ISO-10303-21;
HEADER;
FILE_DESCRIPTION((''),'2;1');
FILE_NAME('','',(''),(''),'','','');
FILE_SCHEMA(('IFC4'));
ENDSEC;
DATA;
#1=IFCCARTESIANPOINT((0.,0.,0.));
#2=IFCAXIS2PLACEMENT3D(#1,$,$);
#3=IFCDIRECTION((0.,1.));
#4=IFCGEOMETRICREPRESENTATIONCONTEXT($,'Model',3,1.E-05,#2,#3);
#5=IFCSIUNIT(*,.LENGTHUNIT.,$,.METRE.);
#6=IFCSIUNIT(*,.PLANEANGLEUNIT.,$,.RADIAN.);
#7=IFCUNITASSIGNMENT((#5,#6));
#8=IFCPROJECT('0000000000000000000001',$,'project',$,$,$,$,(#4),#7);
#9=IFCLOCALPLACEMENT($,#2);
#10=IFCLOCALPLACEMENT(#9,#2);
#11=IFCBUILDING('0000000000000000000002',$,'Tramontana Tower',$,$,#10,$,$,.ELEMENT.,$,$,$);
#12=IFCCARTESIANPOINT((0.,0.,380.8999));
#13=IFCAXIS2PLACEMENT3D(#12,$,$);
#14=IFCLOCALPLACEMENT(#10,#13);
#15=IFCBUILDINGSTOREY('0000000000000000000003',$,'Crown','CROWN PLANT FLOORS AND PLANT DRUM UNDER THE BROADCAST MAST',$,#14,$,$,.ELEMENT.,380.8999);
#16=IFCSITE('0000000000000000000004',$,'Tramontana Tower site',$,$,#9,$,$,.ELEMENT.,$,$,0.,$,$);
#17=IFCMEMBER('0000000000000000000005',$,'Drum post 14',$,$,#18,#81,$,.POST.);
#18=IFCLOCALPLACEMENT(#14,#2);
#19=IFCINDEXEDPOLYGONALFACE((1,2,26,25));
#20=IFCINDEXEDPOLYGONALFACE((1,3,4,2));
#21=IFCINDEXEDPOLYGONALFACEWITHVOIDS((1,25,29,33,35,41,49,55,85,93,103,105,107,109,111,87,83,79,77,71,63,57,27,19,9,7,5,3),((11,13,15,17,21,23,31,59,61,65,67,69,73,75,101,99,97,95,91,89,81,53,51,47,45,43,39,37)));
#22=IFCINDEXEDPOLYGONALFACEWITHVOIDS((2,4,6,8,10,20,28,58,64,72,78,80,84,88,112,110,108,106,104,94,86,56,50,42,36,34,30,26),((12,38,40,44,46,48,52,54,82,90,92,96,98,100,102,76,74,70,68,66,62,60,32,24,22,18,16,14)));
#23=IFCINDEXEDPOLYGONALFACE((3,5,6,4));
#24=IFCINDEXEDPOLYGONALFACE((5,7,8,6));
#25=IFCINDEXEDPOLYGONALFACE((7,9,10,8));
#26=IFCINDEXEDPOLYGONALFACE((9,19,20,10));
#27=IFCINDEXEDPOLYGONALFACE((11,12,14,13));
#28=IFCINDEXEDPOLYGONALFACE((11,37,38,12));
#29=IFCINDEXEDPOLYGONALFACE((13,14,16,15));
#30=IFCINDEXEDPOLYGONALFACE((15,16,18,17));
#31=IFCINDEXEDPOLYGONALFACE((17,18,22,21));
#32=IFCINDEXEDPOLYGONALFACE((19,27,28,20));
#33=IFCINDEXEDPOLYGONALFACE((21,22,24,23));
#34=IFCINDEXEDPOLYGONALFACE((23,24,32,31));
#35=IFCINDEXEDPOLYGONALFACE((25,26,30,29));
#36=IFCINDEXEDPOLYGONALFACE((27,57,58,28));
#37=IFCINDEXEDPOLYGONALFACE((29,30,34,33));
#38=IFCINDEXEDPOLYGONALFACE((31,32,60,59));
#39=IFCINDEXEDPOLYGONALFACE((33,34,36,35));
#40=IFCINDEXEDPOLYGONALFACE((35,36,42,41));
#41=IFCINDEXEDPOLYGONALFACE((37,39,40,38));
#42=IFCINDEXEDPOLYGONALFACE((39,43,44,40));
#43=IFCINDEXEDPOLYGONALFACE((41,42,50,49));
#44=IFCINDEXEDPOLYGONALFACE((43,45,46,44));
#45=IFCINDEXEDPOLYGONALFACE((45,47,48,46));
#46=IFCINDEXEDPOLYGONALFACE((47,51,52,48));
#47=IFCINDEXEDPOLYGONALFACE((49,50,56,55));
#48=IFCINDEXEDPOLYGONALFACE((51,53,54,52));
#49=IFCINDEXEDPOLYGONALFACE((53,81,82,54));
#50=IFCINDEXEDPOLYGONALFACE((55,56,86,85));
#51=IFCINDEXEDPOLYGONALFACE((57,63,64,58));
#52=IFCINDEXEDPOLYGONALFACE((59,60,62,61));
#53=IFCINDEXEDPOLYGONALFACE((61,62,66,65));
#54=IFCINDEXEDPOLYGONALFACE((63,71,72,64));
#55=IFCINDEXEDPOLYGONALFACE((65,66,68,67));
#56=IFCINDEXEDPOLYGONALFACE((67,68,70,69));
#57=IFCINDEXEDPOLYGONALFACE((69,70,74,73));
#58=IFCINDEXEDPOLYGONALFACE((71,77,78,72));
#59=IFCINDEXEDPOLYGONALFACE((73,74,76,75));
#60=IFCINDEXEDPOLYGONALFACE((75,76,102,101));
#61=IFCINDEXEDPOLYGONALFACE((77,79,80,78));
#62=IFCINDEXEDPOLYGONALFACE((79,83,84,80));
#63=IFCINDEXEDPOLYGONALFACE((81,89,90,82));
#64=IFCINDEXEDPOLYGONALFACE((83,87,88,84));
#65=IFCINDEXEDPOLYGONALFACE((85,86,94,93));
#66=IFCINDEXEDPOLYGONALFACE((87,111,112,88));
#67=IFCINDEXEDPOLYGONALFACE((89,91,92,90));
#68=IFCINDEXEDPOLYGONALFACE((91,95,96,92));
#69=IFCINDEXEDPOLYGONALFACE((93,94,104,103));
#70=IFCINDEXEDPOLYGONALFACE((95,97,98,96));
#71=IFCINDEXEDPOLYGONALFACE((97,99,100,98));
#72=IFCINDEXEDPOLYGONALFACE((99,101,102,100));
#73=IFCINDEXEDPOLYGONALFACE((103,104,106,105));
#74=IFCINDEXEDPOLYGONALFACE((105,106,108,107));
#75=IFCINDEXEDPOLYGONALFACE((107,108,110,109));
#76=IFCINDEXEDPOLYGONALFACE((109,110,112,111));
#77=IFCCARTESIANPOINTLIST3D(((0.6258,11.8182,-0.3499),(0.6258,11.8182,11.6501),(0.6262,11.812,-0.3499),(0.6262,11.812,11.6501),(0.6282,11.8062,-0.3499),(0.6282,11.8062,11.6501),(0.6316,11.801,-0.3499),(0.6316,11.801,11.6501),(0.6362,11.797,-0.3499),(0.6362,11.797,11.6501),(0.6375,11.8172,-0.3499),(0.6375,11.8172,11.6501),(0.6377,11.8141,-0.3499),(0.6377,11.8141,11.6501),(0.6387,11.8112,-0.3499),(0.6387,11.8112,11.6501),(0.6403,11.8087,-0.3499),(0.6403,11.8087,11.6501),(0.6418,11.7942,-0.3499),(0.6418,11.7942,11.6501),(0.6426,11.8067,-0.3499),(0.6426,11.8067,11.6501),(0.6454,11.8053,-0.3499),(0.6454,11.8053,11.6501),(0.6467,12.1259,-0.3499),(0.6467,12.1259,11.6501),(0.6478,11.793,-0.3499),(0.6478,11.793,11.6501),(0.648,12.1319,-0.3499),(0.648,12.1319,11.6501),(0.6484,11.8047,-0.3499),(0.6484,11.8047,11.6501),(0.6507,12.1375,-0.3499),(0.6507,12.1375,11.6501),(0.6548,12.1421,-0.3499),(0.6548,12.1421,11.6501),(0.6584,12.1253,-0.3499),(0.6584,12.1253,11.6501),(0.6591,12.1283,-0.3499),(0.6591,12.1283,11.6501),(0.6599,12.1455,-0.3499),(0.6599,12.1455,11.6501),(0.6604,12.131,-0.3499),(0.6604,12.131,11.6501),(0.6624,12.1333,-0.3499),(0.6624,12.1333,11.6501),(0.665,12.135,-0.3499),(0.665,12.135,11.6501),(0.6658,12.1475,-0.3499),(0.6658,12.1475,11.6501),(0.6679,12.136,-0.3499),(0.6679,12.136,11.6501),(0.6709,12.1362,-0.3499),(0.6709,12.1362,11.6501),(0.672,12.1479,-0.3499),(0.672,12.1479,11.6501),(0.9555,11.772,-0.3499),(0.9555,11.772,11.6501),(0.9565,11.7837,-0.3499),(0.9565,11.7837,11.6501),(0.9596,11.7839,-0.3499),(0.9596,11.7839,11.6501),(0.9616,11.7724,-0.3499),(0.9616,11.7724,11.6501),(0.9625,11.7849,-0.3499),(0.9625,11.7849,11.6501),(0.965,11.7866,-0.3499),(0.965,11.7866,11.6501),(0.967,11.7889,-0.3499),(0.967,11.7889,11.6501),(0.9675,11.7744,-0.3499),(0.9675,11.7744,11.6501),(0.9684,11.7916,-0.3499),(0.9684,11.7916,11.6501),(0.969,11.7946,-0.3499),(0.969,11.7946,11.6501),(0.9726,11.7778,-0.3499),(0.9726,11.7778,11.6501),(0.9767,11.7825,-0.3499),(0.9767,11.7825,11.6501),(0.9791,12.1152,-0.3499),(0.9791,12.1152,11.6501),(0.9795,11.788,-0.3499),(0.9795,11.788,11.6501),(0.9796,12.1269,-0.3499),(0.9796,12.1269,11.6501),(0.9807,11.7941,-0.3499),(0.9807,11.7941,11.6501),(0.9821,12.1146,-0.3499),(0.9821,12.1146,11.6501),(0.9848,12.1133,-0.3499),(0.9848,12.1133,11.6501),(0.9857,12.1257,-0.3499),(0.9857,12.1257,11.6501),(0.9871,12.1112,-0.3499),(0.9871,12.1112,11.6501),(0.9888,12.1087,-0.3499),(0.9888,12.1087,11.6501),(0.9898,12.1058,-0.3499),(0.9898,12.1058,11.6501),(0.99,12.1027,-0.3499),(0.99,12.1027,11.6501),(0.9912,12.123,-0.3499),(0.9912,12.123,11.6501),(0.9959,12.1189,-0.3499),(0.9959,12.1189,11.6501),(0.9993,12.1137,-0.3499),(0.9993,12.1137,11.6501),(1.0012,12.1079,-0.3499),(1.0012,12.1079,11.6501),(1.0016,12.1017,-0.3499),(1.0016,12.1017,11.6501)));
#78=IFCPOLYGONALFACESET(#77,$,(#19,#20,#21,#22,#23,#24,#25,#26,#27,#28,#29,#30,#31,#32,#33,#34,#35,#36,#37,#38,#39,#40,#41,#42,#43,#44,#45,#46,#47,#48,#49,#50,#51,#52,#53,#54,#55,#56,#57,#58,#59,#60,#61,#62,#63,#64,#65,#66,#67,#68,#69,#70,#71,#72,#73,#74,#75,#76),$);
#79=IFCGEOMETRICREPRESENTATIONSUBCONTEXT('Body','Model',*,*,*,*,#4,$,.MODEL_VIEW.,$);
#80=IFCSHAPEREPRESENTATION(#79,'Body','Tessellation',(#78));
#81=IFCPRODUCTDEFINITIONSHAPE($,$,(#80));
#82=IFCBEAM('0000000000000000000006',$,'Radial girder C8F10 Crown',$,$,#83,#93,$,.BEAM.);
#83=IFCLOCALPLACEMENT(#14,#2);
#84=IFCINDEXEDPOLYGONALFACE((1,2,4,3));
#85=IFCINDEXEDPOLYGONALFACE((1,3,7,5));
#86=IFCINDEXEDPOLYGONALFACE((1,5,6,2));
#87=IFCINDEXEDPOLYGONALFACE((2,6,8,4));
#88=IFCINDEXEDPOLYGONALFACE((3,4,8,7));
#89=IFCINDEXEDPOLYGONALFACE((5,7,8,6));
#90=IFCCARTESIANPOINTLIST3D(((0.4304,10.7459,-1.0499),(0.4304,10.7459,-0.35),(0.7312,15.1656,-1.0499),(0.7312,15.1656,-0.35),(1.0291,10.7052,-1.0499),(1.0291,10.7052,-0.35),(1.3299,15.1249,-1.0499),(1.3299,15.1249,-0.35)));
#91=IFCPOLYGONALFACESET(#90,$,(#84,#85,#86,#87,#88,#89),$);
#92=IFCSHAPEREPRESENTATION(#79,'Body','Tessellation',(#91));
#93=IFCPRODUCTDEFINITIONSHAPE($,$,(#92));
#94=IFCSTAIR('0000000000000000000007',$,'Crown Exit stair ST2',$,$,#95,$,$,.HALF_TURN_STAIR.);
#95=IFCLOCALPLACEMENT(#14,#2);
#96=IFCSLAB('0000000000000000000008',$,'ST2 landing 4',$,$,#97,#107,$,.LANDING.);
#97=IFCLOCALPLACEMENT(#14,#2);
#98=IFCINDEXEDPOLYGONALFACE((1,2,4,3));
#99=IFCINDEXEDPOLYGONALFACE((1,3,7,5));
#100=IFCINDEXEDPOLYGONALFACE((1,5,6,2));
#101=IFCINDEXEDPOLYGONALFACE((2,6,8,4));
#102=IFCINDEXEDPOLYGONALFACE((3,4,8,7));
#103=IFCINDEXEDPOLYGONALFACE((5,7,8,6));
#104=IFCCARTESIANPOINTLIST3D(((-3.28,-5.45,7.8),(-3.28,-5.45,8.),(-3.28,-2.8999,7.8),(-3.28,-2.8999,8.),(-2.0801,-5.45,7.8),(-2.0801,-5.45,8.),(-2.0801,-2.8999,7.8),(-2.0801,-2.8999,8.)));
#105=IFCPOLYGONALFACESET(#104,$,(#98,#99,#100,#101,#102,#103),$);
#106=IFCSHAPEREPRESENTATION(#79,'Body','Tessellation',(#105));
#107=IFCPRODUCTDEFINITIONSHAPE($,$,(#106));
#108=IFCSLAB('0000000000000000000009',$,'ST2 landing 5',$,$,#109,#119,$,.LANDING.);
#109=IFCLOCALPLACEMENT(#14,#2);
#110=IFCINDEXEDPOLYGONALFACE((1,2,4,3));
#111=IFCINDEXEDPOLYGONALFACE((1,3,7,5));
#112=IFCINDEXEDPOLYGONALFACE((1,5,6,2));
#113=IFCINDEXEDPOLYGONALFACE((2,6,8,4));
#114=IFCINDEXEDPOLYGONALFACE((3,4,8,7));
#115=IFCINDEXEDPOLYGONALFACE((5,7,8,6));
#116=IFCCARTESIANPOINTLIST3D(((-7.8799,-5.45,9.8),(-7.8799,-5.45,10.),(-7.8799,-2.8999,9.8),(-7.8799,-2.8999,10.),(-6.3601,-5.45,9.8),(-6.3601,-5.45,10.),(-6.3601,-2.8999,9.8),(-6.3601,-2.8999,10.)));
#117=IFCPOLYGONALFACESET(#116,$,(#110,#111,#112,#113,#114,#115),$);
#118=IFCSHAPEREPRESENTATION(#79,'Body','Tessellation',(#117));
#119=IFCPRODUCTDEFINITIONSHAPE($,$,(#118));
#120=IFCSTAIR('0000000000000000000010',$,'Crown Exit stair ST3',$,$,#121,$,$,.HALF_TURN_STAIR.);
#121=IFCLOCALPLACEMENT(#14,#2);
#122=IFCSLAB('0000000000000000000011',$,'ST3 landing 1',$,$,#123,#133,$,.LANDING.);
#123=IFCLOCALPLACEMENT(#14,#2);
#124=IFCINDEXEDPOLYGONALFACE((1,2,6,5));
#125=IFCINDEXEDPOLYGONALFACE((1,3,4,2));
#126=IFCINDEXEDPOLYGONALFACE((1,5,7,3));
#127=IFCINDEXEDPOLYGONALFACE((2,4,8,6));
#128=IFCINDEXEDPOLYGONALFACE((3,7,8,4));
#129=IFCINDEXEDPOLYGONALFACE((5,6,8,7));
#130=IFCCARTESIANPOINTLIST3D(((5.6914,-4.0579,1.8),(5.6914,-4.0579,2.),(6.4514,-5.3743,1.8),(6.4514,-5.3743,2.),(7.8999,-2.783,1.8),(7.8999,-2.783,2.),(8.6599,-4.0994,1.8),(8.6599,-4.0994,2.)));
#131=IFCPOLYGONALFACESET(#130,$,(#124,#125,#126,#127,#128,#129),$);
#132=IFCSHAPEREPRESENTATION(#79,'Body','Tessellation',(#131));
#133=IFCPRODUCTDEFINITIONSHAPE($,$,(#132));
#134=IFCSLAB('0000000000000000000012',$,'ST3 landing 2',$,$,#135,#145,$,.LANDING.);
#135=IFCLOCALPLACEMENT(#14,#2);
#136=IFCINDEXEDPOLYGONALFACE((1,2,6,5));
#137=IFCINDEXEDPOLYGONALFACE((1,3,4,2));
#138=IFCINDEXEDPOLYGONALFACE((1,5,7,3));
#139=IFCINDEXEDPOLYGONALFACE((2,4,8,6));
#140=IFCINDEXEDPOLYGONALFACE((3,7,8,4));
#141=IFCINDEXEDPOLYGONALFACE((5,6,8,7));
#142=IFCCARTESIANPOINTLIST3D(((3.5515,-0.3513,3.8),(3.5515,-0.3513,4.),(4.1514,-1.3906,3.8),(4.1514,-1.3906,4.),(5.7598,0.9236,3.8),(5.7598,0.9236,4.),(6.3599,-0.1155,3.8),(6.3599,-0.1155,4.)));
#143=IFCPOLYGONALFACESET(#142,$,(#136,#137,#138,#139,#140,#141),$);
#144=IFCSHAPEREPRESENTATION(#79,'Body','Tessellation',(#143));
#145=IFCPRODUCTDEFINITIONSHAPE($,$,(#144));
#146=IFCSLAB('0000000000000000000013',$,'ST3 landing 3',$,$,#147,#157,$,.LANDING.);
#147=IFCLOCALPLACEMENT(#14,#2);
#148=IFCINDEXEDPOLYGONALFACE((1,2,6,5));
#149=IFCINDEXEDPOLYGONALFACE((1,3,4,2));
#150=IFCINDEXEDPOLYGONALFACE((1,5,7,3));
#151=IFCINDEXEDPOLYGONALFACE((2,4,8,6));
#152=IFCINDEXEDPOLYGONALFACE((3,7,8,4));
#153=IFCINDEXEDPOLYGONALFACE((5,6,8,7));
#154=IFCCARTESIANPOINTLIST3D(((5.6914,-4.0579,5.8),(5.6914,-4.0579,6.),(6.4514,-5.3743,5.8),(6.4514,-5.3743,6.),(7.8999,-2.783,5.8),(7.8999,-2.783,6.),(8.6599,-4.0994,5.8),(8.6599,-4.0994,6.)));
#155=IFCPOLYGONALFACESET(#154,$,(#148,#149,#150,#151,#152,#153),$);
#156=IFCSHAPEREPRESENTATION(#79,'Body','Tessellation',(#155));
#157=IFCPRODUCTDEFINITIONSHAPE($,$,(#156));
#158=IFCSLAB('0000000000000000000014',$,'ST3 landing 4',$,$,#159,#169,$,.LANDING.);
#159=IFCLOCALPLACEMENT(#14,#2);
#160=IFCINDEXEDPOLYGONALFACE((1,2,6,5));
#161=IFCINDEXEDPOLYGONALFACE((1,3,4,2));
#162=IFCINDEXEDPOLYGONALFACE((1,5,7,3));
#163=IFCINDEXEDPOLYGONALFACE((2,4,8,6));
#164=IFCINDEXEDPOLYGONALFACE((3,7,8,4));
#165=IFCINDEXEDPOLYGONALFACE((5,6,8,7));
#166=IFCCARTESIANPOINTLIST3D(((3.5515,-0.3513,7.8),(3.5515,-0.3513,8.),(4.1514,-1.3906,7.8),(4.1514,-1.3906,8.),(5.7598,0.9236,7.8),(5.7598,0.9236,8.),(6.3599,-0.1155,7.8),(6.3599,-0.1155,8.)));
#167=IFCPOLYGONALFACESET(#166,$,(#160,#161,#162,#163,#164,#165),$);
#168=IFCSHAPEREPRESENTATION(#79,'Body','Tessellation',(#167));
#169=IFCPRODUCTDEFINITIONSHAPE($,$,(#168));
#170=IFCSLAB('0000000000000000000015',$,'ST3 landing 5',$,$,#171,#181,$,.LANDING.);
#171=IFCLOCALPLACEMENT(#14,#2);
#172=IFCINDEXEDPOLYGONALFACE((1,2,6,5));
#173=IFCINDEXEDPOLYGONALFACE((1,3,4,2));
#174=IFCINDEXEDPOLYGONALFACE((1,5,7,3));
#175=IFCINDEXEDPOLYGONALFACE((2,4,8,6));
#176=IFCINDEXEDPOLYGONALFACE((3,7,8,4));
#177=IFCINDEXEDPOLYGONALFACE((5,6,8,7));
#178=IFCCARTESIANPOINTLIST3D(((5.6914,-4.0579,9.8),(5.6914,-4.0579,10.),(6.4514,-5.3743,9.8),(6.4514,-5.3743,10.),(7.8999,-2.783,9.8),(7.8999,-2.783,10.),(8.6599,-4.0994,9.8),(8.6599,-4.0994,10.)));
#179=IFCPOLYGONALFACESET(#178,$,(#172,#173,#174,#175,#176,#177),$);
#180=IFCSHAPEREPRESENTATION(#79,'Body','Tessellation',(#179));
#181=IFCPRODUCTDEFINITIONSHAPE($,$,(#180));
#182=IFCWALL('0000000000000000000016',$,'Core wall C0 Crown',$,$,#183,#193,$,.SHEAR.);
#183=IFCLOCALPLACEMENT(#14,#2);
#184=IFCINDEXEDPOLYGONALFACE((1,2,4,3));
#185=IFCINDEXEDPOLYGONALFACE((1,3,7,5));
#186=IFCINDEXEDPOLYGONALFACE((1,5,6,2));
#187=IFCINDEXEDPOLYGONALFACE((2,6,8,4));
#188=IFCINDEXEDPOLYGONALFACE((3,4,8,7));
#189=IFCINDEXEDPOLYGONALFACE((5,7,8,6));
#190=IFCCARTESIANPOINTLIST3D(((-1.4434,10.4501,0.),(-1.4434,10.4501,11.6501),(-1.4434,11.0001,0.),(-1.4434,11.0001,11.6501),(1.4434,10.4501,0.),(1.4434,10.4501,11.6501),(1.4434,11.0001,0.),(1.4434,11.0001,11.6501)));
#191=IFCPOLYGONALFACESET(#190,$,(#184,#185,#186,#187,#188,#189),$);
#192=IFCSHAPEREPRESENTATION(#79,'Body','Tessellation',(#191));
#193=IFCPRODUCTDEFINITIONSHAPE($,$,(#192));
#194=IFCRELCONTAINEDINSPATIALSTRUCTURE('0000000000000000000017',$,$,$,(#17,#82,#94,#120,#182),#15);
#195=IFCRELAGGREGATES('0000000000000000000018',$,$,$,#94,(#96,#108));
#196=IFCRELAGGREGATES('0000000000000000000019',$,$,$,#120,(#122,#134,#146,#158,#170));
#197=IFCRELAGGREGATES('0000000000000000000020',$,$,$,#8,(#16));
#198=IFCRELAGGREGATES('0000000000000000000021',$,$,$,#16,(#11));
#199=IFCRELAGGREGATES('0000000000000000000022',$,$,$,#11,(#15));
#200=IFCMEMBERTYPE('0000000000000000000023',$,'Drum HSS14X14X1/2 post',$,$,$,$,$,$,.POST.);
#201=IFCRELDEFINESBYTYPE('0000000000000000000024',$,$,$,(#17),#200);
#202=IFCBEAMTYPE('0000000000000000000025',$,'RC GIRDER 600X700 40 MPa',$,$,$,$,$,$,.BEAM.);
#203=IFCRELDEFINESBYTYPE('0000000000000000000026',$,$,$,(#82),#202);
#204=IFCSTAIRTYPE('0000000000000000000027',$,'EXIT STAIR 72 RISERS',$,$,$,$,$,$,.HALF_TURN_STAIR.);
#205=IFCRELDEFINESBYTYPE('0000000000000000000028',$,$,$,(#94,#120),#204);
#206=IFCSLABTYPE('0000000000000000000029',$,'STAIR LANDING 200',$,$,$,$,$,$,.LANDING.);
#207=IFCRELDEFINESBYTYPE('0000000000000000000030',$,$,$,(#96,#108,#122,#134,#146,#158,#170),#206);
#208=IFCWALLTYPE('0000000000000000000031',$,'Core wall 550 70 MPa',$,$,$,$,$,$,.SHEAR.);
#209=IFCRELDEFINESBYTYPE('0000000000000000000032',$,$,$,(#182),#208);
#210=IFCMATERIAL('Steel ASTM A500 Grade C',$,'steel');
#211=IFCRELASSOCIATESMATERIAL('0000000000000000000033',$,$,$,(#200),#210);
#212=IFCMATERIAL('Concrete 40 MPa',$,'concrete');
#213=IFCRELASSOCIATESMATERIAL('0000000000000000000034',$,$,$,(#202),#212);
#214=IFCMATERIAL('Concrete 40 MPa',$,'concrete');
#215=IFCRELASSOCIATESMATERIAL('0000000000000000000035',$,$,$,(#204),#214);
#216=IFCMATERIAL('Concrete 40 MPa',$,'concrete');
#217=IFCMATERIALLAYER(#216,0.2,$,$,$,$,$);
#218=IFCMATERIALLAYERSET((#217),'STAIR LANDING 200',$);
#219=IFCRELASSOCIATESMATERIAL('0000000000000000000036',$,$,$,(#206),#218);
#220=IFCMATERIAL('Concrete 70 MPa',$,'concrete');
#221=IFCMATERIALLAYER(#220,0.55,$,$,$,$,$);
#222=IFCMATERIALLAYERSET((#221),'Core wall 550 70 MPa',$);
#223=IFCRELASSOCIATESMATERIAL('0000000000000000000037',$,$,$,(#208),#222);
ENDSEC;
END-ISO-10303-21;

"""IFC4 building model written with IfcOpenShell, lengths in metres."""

from ifc_helpers import new_model, si_unit, direction, frame, frame_2d, origin, origin_2d, place, context, subcontext, project, spatial, polyline, rectangle, hollow_rectangle, outline, extrude, material, layer, layer_set, material_profile, profile_set, type_object, element, aggregate, save


model = new_model("IFC4")

# Units and contexts
model_context = context("Model", 3, precision=1e-05, world=origin(), true_north=direction((0.0, 1.0)))
body_context = subcontext(model_context, "Body", "Model", "MODEL_VIEW")
ifc_project = project(units=[si_unit("LENGTHUNIT", "METRE"), si_unit("PLANEANGLEUNIT", "RADIAN")], contexts=[model_context])

# Site, building, storey
site_placement = place(None, origin())
site = spatial("IfcSite", under=ifc_project, at=site_placement, Name="Tramontana Tower site", CompositionType="ELEMENT", RefElevation=0.0)
building_placement = place(site_placement, origin())
building = spatial("IfcBuilding", under=site, at=building_placement, Name="Tramontana Tower", CompositionType="ELEMENT")
storey_placement = place(building_placement, frame((0.0, 0.0, 380.8999)))
storey = spatial("IfcBuildingStorey", under=building, at=storey_placement, Name="Crown", Description="CROWN PLANT FLOORS AND PLANT DRUM UNDER THE BROADCAST MAST", CompositionType="ELEMENT", Elevation=380.8999)

# Member
ifc_material_1 = material(Name="Steel ASTM A500 Grade C", Category="steel")
ifc_material_profile_1 = material_profile(ifc_material_1, hollow_rectangle(XDim=0.3557, YDim=0.3557, WallThickness=0.0117, InnerFilletRadius=0.0117, OuterFilletRadius=0.0237, at=origin_2d()), Name="HSS14X14X1/2")
ifc_profile_set_1 = profile_set([ifc_material_profile_1], Name="Steel ASTM A500 Grade C")
member_type = type_object("IfcMemberType", Name="Drum HSS14X14X1/2 post", PredefinedType="POST", material=ifc_profile_set_1)
member_placement = place(storey_placement, frame((0.8137, 11.96, -0.3499), z_axis=(0.0, 0.0, 1.0), x_axis=(0.067889, 0.997693, 0.0)))
element("IfcMember", 1, at=member_placement, inside=storey, type_object=member_type, Name="Drum post 14", PredefinedType="POST", context=body_context, shape_type="SweptSolid", body=[
    extrude(hollow_rectangle(XDim=0.3557, YDim=0.3557, WallThickness=0.0117, InnerFilletRadius=0.0117, OuterFilletRadius=0.0237, at=origin_2d()), origin(), (0.0, 0.0, 1.0), 12.0),
])

# Beam
ifc_material_2 = material(Name="Concrete 40 MPa", Category="concrete")
ifc_material_profile_2 = material_profile(ifc_material_2, rectangle(XDim=0.6001, YDim=0.7, at=origin_2d()), Name="RC GIRDER 600X700 40 MPa")
ifc_profile_set_2 = profile_set([ifc_material_profile_2], Name="Concrete 40 MPa")
beam_type = type_object("IfcBeamType", Name="RC GIRDER 600X700 40 MPa", PredefinedType="BEAM", material=ifc_profile_set_2)
beam_placement = place(storey_placement, frame((1.0305, 15.1453, -0.7), z_axis=(-0.067898, -0.997692, 0.0), x_axis=(0.997692, -0.067898, 0.0)))
element("IfcBeam", 2, at=beam_placement, inside=storey, type_object=beam_type, Name="Radial girder C8F10 Crown", PredefinedType="BEAM", context=body_context, shape_type="SweptSolid", body=[
    extrude(rectangle(XDim=0.6001, YDim=0.7, at=origin_2d()), origin(), (0.0, 0.0, 1.0), 4.4299),
])

# Stairs, slabs
ifc_material_3 = material(Name="Concrete 40 MPa", Category="concrete")
stair_type = type_object("IfcStairType", Name="EXIT STAIR 72 RISERS", PredefinedType="HALF_TURN_STAIR", material=ifc_material_3)
stair_1_placement = place(storey_placement, origin())
stair_1 = element("IfcStair", 3, at=stair_1_placement, inside=storey, type_object=stair_type, Name="Crown Exit stair ST2", PredefinedType="HALF_TURN_STAIR")
ifc_material_4 = material(Name="Concrete 40 MPa", Category="concrete")
ifc_layer_1 = layer(ifc_material_4, 0.2)
ifc_layer_set_1 = layer_set([ifc_layer_1], Name="STAIR LANDING 200")
slab_type = type_object("IfcSlabType", Name="STAIR LANDING 200", PredefinedType="LANDING", material=ifc_layer_set_1)
slab_1_placement = place(storey_placement, frame((0.0, 0.0, 7.8)))
slab_1 = element("IfcSlab", 4, at=slab_1_placement, type_object=slab_type, Name="ST2 landing 4", PredefinedType="LANDING", context=body_context, shape_type="SweptSolid", body=[
    extrude(outline(polyline([(-2.0801, -2.8999), (-3.28, -2.8999), (-3.28, -5.45), (-2.0801, -5.45), (-2.0801, -2.8999)])), origin(), (0.0, 0.0, 1.0), 0.2),
])
slab_2_placement = place(storey_placement, frame((0.0, 0.0, 9.8)))
slab_2 = element("IfcSlab", 5, at=slab_2_placement, type_object=slab_type, Name="ST2 landing 5", PredefinedType="LANDING", context=body_context, shape_type="SweptSolid", body=[
    extrude(outline(polyline([(-6.3601, -2.8999), (-7.8799, -2.8999), (-7.8799, -5.45), (-6.3601, -5.45), (-6.3601, -2.8999)])), origin(), (0.0, 0.0, 1.0), 0.2),
])
aggregate(stair_1, [slab_1, slab_2])
stair_2_placement = place(storey_placement, origin())
stair_2 = element("IfcStair", 6, at=stair_2_placement, inside=storey, type_object=stair_type, Name="Crown Exit stair ST3", PredefinedType="HALF_TURN_STAIR")
slab_3_placement = place(storey_placement, frame((0.0, 0.0, 1.8)))
slab_3 = element("IfcSlab", 7, at=slab_3_placement, type_object=slab_type, Name="ST3 landing 1", PredefinedType="LANDING", context=body_context, shape_type="SweptSolid", body=[
    extrude(outline(polyline([(5.6914, -4.0579), (6.4514, -5.3743), (8.6599, -4.0994), (7.8999, -2.783), (5.6914, -4.0579)])), origin(), (0.0, 0.0, 1.0), 0.2),
])
slab_4_placement = place(storey_placement, frame((0.0, 0.0, 3.8)))
slab_4 = element("IfcSlab", 8, at=slab_4_placement, type_object=slab_type, Name="ST3 landing 2", PredefinedType="LANDING", context=body_context, shape_type="SweptSolid", body=[
    extrude(outline(polyline([(3.5515, -0.3513), (4.1514, -1.3906), (6.3599, -0.1155), (5.7598, 0.9236), (3.5515, -0.3513)])), origin(), (0.0, 0.0, 1.0), 0.2),
])
slab_5_placement = place(storey_placement, frame((0.0, 0.0, 5.8)))
slab_5 = element("IfcSlab", 9, at=slab_5_placement, type_object=slab_type, Name="ST3 landing 3", PredefinedType="LANDING", context=body_context, shape_type="SweptSolid", body=[
    extrude(outline(polyline([(5.6914, -4.0579), (6.4514, -5.3743), (8.6599, -4.0994), (7.8999, -2.783), (5.6914, -4.0579)])), origin(), (0.0, 0.0, 1.0), 0.2),
])
slab_6_placement = place(storey_placement, frame((0.0, 0.0, 7.8)))
slab_6 = element("IfcSlab", 10, at=slab_6_placement, type_object=slab_type, Name="ST3 landing 4", PredefinedType="LANDING", context=body_context, shape_type="SweptSolid", body=[
    extrude(outline(polyline([(3.5515, -0.3513), (4.1514, -1.3906), (6.3599, -0.1155), (5.7598, 0.9236), (3.5515, -0.3513)])), origin(), (0.0, 0.0, 1.0), 0.2),
])
slab_7_placement = place(storey_placement, frame((0.0, 0.0, 9.8)))
slab_7 = element("IfcSlab", 11, at=slab_7_placement, type_object=slab_type, Name="ST3 landing 5", PredefinedType="LANDING", context=body_context, shape_type="SweptSolid", body=[
    extrude(outline(polyline([(5.6914, -4.0579), (6.4514, -5.3743), (8.6599, -4.0994), (7.8999, -2.783), (5.6914, -4.0579)])), origin(), (0.0, 0.0, 1.0), 0.2),
])
aggregate(stair_2, [slab_3, slab_4, slab_5, slab_6, slab_7])

# Wall
ifc_material_5 = material(Name="Concrete 70 MPa", Category="concrete")
ifc_layer_2 = layer(ifc_material_5, 0.55)
ifc_layer_set_2 = layer_set([ifc_layer_2], Name="Core wall 550 70 MPa")
wall_type_1 = type_object("IfcWallType", Name="Core wall 550 70 MPa", PredefinedType="SHEAR", material=ifc_layer_set_2)
wall_1_placement = place(storey_placement, frame((1.4434, 10.7251, 0.0), z_axis=(0.0, 0.0, 1.0), x_axis=(-1.0, 0.0, 0.0)))
element("IfcWall", 12, at=wall_1_placement, inside=storey, type_object=wall_type_1, Name="Core wall C0 Crown", PredefinedType="SHEAR", context=body_context, shape_type="SweptSolid", body=[
    extrude(rectangle(XDim=2.8867, YDim=0.55, at=frame_2d((1.4434, 0.0))), origin(), (0.0, 0.0, 1.0), 11.6501),
])

save(model, "model.ifc")
